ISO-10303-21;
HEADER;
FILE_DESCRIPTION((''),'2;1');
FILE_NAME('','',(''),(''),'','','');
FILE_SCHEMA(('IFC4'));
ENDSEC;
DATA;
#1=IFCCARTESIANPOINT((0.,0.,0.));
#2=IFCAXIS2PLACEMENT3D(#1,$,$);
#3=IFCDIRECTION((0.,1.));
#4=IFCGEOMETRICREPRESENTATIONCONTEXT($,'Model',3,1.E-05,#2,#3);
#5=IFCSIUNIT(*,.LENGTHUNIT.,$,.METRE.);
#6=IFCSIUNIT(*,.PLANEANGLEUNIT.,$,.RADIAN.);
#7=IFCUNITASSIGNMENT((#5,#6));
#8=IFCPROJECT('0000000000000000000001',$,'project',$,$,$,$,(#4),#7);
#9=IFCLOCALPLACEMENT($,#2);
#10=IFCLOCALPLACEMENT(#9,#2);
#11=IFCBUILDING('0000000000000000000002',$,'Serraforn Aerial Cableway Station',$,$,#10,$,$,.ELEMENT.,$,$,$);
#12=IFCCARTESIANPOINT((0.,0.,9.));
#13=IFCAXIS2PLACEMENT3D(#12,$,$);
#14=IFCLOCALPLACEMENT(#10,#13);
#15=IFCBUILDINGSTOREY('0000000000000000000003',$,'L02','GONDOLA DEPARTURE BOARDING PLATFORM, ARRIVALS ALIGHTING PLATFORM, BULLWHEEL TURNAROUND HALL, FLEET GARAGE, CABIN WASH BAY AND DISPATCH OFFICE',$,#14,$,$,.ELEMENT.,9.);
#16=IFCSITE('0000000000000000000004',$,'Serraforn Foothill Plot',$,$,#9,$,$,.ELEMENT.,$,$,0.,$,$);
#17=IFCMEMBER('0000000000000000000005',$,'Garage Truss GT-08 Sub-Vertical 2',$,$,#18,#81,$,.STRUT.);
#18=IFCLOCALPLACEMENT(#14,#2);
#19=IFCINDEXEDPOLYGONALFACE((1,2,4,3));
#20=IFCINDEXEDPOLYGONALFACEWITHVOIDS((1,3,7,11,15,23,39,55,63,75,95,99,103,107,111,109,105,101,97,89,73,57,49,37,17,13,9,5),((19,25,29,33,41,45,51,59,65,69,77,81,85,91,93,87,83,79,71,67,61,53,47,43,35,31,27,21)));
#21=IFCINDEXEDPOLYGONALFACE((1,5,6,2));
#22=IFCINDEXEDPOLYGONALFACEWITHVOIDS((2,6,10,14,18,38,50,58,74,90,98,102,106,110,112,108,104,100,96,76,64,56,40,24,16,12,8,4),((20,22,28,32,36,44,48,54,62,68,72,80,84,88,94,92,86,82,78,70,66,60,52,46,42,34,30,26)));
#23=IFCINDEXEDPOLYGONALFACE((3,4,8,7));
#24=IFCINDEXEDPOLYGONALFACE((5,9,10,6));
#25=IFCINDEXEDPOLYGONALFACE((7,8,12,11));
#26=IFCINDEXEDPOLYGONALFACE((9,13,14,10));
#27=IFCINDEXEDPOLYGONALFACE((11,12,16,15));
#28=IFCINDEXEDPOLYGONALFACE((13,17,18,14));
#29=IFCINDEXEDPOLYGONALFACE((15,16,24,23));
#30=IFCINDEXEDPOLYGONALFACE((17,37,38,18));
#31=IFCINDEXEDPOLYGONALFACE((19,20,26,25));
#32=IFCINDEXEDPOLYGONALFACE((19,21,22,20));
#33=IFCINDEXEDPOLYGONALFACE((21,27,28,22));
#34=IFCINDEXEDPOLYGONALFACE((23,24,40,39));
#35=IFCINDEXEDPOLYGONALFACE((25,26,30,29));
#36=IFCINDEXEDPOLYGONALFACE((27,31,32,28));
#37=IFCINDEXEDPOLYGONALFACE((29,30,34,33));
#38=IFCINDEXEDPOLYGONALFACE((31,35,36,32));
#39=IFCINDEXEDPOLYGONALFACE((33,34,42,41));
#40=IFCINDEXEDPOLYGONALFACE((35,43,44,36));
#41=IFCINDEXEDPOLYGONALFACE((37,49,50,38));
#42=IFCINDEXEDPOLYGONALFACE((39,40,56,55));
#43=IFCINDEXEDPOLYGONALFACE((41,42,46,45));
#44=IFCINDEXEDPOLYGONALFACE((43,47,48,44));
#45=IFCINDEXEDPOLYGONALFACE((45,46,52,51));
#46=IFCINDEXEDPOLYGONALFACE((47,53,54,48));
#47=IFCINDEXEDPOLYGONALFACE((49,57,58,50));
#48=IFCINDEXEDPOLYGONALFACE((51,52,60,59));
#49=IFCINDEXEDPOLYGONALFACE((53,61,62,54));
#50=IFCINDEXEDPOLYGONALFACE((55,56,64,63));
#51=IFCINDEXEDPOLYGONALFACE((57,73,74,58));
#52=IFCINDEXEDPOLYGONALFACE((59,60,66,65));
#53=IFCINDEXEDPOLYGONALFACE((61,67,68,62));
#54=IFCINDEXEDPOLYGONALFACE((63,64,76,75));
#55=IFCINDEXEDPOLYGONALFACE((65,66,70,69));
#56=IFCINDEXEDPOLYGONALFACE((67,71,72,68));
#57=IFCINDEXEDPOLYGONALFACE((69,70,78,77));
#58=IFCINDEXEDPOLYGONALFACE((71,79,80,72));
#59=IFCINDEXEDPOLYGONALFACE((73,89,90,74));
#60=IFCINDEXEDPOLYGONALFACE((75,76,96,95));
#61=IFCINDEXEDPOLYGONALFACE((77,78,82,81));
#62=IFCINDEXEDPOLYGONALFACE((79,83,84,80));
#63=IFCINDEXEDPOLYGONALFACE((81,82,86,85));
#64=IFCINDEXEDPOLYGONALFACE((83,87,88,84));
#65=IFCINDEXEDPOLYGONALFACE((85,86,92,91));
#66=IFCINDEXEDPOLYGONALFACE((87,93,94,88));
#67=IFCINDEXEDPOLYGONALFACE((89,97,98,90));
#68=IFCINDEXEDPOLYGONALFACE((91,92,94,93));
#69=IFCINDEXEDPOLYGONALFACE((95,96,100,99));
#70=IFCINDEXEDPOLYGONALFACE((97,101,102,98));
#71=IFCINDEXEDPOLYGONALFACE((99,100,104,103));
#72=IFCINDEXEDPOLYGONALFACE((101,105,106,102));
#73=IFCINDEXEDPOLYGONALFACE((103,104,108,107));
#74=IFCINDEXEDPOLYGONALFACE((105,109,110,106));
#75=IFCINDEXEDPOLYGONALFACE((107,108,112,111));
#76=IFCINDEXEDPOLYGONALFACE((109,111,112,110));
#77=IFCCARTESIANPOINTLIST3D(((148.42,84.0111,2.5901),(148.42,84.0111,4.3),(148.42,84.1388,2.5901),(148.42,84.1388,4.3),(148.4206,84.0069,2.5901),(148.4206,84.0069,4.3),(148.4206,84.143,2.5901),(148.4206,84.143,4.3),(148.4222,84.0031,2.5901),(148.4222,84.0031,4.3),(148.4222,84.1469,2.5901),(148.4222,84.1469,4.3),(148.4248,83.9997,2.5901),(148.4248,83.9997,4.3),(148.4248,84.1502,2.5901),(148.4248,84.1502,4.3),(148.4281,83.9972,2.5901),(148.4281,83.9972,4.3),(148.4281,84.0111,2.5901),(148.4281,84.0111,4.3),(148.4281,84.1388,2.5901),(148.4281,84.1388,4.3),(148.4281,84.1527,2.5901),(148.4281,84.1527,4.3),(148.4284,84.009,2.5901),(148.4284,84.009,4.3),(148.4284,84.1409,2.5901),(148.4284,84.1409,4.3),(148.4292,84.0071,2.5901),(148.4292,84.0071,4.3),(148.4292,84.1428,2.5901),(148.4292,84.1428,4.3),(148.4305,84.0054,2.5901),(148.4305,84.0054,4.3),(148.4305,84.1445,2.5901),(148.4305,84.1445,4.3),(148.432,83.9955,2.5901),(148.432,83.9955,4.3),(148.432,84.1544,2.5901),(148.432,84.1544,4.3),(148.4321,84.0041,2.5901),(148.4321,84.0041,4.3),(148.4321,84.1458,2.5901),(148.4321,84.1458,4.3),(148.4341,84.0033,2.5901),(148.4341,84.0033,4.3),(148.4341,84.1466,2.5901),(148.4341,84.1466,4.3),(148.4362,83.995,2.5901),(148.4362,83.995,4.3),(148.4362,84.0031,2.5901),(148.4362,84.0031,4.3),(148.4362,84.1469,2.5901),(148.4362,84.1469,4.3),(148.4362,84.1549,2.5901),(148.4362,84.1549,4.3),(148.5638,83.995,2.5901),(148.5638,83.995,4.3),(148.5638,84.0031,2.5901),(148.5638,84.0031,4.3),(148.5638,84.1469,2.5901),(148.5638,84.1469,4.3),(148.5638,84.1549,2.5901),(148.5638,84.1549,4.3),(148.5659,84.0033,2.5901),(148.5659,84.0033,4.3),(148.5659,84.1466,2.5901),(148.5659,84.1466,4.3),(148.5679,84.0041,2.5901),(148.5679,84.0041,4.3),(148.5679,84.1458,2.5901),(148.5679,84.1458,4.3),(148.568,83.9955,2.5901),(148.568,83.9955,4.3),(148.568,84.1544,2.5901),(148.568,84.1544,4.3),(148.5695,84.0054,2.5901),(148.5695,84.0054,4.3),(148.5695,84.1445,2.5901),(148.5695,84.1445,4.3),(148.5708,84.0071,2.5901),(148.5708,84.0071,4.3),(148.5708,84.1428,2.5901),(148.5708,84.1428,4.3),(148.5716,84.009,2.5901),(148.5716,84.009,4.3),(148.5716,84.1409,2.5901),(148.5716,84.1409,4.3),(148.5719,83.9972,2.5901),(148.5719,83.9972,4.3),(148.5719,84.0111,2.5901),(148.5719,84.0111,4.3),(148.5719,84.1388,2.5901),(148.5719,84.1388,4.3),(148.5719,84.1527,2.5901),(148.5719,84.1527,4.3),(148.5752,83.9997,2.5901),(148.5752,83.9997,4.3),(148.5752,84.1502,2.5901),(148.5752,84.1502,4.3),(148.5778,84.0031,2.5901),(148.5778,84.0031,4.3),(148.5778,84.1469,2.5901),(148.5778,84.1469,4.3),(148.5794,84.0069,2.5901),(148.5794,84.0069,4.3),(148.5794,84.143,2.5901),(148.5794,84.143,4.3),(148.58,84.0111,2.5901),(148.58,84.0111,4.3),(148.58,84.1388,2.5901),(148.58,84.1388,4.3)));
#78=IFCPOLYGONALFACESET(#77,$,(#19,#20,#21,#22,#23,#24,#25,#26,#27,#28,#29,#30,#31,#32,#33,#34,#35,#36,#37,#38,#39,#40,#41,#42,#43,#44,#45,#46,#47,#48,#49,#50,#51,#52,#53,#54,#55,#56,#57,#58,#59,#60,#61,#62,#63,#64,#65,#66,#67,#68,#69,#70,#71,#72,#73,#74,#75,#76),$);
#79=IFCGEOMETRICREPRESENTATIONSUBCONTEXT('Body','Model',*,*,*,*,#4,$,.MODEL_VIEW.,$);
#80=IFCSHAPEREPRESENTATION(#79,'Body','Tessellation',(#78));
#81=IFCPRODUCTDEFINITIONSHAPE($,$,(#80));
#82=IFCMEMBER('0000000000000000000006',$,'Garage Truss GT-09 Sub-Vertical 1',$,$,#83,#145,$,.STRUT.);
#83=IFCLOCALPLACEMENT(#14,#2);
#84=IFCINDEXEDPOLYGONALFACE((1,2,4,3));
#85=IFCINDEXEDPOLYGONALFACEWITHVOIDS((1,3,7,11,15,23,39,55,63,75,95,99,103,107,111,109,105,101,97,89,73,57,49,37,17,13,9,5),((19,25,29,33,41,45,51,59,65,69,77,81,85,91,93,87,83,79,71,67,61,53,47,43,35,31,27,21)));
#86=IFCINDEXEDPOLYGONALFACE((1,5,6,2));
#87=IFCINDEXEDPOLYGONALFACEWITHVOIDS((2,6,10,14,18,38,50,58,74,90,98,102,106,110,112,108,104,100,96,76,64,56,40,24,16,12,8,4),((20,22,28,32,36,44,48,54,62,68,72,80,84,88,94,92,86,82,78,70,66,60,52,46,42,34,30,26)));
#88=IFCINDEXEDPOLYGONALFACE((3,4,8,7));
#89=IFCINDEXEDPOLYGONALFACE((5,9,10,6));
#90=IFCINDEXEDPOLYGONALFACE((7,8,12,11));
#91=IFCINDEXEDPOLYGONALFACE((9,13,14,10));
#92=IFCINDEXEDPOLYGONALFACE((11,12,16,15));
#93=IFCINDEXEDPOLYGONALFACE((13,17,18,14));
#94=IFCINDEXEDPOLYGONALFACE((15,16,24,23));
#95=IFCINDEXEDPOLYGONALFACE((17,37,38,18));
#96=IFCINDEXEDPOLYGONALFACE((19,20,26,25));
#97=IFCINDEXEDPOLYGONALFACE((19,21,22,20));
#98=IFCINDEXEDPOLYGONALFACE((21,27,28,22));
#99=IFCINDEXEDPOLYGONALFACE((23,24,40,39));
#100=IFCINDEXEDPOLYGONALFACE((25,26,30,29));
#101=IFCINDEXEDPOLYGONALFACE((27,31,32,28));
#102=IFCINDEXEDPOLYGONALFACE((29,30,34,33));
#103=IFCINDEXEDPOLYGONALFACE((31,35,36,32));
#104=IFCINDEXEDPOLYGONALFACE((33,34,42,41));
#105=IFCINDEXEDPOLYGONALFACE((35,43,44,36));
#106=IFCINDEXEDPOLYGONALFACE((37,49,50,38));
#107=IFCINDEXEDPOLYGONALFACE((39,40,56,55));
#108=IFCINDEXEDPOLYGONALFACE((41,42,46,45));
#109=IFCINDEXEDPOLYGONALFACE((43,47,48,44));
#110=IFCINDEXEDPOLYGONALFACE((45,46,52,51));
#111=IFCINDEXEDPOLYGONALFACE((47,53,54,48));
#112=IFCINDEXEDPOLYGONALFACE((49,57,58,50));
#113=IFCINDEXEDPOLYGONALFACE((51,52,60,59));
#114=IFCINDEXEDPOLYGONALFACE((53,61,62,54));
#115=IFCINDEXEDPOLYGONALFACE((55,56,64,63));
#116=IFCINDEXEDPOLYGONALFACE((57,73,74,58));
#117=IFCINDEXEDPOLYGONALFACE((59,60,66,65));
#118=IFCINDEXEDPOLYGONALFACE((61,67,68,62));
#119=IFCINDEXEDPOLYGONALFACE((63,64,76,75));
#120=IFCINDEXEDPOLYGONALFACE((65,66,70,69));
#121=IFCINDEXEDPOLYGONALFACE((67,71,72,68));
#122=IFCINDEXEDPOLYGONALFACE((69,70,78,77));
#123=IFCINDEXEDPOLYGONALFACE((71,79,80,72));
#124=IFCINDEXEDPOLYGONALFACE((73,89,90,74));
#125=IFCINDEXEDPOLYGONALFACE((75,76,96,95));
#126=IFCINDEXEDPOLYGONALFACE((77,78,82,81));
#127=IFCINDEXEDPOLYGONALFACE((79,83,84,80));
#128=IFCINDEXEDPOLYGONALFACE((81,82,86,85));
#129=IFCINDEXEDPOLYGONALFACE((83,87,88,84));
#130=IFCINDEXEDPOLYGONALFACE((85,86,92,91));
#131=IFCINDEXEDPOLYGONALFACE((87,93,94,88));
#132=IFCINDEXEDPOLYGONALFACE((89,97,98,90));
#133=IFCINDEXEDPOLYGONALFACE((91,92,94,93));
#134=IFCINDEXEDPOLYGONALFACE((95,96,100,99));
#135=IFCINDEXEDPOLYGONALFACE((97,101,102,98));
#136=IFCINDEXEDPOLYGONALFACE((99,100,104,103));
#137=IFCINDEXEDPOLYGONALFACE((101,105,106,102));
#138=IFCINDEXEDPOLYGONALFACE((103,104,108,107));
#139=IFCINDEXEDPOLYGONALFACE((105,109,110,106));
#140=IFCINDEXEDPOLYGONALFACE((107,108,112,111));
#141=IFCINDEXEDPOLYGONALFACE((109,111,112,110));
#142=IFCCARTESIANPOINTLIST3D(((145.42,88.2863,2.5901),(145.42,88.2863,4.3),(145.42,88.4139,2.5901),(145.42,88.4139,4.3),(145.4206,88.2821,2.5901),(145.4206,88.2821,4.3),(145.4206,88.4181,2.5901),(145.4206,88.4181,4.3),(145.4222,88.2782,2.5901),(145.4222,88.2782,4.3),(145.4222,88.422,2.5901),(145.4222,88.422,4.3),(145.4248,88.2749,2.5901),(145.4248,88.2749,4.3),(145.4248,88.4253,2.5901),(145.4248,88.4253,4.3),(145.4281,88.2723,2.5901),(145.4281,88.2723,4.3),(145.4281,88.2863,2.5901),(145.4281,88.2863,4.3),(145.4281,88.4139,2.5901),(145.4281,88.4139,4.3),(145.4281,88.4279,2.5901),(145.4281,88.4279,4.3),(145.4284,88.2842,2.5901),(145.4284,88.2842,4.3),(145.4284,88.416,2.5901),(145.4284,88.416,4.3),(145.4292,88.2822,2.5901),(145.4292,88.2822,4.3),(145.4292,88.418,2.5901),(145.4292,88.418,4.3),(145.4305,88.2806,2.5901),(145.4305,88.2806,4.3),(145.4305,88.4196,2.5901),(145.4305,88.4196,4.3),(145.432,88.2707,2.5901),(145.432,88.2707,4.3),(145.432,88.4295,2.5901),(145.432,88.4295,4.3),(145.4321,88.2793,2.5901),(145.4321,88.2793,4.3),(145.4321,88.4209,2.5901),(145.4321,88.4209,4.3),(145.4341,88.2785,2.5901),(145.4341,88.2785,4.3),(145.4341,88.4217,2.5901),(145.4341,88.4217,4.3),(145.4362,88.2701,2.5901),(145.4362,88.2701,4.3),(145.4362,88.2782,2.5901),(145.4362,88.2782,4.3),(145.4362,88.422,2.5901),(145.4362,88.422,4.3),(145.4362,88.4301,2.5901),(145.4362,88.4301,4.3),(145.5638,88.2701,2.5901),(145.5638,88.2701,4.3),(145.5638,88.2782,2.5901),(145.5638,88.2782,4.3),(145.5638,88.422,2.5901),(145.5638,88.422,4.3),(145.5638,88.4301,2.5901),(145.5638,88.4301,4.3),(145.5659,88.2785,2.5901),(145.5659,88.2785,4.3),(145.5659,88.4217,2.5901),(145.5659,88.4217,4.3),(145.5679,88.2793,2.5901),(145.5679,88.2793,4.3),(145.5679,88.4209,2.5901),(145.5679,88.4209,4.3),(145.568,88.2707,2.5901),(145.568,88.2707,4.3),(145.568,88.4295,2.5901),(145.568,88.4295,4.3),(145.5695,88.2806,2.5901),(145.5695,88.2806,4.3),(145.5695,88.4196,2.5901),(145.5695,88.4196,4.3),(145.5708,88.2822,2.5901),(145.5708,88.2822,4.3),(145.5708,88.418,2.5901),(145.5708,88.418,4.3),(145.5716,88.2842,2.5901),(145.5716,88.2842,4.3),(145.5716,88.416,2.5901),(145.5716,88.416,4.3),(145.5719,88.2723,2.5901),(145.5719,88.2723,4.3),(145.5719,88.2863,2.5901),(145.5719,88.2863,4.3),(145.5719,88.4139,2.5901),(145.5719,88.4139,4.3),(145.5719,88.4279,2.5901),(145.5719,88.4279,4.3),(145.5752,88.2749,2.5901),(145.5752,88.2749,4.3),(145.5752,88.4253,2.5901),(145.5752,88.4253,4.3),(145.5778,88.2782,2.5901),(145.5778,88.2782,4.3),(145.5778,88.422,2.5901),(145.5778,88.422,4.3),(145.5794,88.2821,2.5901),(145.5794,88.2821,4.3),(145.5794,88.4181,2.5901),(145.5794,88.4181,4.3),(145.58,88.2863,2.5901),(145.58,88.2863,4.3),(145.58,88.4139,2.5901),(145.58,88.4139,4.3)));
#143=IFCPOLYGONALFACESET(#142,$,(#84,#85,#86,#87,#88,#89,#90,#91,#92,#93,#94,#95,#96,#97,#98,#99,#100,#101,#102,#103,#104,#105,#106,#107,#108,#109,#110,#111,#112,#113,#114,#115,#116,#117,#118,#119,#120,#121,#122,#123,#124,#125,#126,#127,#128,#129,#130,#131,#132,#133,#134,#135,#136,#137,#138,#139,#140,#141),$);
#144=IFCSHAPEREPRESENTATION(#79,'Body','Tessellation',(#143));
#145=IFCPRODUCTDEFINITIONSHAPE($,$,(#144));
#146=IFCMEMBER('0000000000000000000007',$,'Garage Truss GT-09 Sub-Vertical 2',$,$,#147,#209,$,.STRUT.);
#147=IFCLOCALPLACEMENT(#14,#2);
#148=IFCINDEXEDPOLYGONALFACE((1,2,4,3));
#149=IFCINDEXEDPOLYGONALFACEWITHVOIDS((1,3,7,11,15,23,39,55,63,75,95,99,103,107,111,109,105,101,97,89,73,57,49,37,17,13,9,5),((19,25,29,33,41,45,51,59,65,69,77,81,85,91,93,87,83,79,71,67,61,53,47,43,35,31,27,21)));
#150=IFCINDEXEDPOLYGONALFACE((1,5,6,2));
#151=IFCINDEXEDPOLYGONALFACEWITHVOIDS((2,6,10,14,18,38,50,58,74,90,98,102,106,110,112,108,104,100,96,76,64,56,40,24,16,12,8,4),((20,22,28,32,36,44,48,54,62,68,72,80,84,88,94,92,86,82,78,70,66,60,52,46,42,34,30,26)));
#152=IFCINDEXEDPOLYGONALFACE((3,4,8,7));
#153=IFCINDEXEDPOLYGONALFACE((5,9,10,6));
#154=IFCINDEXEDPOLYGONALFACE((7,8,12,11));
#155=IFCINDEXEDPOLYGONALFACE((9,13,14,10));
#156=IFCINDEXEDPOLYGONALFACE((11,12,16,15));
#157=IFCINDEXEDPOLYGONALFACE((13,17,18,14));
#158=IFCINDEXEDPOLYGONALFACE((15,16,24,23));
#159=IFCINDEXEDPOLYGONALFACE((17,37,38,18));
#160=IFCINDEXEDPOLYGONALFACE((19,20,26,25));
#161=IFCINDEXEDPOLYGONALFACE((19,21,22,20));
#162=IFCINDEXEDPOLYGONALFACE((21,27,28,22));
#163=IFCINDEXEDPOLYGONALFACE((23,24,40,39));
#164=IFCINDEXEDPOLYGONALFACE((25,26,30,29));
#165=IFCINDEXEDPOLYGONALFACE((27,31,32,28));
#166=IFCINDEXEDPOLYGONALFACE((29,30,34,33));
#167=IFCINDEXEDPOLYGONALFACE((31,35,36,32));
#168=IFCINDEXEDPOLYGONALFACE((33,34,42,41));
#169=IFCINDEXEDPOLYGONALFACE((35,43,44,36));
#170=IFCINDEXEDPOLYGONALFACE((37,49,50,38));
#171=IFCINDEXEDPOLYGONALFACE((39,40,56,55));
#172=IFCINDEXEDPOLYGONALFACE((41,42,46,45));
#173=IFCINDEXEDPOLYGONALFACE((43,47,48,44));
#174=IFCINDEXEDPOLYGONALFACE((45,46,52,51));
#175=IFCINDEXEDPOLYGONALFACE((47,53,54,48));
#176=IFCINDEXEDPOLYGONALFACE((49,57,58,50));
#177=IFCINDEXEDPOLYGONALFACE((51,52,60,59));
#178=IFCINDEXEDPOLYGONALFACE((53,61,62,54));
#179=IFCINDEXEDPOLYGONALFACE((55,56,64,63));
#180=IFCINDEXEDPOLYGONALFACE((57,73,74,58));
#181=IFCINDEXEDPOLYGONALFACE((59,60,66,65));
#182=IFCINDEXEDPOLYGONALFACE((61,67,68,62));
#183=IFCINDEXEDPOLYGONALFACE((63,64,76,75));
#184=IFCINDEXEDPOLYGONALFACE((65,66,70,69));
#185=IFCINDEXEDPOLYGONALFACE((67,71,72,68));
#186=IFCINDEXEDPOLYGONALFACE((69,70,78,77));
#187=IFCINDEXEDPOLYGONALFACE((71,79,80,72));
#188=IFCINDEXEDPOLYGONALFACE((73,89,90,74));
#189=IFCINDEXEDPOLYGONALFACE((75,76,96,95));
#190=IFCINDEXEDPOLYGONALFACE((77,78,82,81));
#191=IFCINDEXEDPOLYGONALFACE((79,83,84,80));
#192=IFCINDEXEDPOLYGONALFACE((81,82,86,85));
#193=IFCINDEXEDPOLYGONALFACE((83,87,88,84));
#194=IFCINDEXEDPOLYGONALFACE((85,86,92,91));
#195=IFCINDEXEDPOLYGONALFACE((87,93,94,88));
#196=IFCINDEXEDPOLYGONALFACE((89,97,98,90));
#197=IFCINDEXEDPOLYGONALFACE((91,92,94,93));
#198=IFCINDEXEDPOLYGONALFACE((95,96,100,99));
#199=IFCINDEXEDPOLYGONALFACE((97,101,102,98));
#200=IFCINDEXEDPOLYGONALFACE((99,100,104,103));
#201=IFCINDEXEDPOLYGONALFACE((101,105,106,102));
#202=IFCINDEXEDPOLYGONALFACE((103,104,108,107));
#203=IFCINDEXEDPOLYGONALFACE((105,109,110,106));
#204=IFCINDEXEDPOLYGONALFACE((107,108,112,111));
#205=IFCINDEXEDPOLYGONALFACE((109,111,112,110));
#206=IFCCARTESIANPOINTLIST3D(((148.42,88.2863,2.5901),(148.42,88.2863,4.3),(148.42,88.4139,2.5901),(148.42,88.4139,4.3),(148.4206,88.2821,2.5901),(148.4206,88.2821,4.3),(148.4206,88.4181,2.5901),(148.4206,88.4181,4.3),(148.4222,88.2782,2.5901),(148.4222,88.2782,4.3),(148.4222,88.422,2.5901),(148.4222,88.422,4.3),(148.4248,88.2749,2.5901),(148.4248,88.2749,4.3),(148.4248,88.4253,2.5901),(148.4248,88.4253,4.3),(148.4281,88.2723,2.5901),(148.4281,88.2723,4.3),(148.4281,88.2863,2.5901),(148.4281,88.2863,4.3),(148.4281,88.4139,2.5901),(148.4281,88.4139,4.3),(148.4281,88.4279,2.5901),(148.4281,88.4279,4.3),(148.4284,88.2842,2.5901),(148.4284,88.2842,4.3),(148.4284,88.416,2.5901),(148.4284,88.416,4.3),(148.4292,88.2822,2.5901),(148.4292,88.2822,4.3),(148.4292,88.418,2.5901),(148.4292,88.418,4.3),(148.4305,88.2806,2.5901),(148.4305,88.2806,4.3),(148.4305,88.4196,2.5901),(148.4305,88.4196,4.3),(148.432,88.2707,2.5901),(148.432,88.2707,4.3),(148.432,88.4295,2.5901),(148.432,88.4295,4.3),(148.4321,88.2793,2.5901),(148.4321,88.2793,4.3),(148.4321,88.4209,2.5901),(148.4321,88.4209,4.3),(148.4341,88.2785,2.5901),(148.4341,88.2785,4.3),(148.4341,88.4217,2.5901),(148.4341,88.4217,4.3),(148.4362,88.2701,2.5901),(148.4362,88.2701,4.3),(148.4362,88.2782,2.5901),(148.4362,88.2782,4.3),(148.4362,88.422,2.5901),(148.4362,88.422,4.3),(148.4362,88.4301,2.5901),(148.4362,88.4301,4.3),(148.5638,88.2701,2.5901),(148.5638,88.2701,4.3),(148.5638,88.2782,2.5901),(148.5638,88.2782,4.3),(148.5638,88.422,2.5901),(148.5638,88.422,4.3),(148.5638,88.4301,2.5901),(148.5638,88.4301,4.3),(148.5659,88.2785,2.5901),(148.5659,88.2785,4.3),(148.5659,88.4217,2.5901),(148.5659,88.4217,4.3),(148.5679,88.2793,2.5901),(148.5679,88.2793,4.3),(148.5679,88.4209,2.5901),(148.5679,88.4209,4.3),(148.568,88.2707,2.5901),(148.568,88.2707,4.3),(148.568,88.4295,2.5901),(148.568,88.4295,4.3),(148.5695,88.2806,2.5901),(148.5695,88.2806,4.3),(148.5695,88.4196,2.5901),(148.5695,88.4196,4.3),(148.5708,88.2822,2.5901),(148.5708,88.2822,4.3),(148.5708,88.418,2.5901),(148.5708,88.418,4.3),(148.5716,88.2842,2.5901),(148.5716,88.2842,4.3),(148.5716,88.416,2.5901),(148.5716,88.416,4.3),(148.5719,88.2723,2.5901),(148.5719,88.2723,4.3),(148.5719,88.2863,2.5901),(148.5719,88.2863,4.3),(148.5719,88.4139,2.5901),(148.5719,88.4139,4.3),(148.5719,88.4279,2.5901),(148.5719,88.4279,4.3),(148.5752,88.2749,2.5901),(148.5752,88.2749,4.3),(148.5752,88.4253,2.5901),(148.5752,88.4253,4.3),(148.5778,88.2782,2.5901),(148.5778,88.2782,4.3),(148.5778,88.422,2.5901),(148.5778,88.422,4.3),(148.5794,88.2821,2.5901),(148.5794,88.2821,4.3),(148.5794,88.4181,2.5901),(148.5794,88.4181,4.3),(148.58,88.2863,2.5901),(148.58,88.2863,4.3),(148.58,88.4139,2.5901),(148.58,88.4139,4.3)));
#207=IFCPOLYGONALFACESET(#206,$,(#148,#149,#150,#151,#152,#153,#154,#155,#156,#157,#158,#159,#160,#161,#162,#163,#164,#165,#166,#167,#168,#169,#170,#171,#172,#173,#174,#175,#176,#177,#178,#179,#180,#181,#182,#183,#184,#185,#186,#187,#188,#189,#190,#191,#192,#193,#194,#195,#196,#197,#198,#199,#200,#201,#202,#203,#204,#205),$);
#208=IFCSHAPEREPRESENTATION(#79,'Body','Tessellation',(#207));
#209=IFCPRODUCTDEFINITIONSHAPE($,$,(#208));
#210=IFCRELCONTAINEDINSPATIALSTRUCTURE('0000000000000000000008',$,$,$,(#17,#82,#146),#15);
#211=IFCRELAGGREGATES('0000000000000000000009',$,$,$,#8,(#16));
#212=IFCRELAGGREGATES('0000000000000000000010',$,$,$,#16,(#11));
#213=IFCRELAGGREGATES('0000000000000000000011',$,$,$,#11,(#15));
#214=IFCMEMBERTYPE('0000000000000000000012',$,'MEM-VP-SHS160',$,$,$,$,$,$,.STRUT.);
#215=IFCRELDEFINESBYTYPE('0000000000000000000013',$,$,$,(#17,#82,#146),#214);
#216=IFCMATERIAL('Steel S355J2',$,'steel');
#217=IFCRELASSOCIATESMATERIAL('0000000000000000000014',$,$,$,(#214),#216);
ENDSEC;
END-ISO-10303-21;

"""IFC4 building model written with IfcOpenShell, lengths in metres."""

from ifc_helpers import new_model, si_unit, direction, frame, origin, origin_2d, place, context, subcontext, project, spatial, hollow_rectangle, extrude, material, material_profile, profile_set, type_object, element, save


model = new_model("IFC4")

# Units and contexts
model_context = context("Model", 3, precision=1e-05, world=origin(), true_north=direction((0.0, 1.0)))
body_context = subcontext(model_context, "Body", "Model", "MODEL_VIEW")
ifc_project = project(units=[si_unit("LENGTHUNIT", "METRE"), si_unit("PLANEANGLEUNIT", "RADIAN")], contexts=[model_context])

# Site, building, storey
site_placement = place(None, origin())
site = spatial("IfcSite", under=ifc_project, at=site_placement, Name="Serraforn Foothill Plot", CompositionType="ELEMENT", RefElevation=0.0)
building_placement = place(site_placement, origin())
building = spatial("IfcBuilding", under=site, at=building_placement, Name="Serraforn Aerial Cableway Station", CompositionType="ELEMENT")
storey_placement = place(building_placement, frame((0.0, 0.0, 9.0)))
storey = spatial("IfcBuildingStorey", under=building, at=storey_placement, Name="L02", Description="GONDOLA DEPARTURE BOARDING PLATFORM, ARRIVALS ALIGHTING PLATFORM, BULLWHEEL TURNAROUND HALL, FLEET GARAGE, CABIN WASH BAY AND DISPATCH OFFICE", CompositionType="ELEMENT", Elevation=9.0)

# Members
ifc_material_1 = material(Name="Steel S355J2", Category="steel")
ifc_material_profile_1 = material_profile(ifc_material_1, hollow_rectangle(XDim=0.1599, YDim=0.1599, WallThickness=0.0081, InnerFilletRadius=0.0081, OuterFilletRadius=0.0161, at=origin_2d()), Name="SHS 160x160x8.0")
ifc_profile_set_1 = profile_set([ifc_material_profile_1], Name="Steel S355J2")
member_type_1 = type_object("IfcMemberType", Name="MEM-VP-SHS160", PredefinedType="STRUT", material=ifc_profile_set_1)
for number, where, z_axis, x_axis, name in (
    (1, (148.5, 84.075, 2.5901), (0.0, 0.0, 1.0), (1.0, 0.0, 0.0), "Garage Truss GT-08 Sub-Vertical 2"),
    (2, (145.5, 88.3501, 2.5901), (0.0, 0.0, 1.0), (1.0, 0.0, 0.0), "Garage Truss GT-09 Sub-Vertical 1"),
    (3, (148.5, 88.3501, 2.5901), (0.0, 0.0, 1.0), (1.0, 0.0, 0.0), "Garage Truss GT-09 Sub-Vertical 2"),
):
    element("IfcMember", number, at=place(storey_placement, frame(where, z_axis=z_axis, x_axis=x_axis)), inside=storey, type_object=member_type_1, Name=name, PredefinedType="STRUT", context=body_context, shape_type="SweptSolid", body=[
        extrude(hollow_rectangle(XDim=0.1599, YDim=0.1599, WallThickness=0.0081, InnerFilletRadius=0.0081, OuterFilletRadius=0.0161, at=origin_2d()), origin(), (0.0, 0.0, 1.0), 1.71),
    ])

save(model, "model.ifc")
